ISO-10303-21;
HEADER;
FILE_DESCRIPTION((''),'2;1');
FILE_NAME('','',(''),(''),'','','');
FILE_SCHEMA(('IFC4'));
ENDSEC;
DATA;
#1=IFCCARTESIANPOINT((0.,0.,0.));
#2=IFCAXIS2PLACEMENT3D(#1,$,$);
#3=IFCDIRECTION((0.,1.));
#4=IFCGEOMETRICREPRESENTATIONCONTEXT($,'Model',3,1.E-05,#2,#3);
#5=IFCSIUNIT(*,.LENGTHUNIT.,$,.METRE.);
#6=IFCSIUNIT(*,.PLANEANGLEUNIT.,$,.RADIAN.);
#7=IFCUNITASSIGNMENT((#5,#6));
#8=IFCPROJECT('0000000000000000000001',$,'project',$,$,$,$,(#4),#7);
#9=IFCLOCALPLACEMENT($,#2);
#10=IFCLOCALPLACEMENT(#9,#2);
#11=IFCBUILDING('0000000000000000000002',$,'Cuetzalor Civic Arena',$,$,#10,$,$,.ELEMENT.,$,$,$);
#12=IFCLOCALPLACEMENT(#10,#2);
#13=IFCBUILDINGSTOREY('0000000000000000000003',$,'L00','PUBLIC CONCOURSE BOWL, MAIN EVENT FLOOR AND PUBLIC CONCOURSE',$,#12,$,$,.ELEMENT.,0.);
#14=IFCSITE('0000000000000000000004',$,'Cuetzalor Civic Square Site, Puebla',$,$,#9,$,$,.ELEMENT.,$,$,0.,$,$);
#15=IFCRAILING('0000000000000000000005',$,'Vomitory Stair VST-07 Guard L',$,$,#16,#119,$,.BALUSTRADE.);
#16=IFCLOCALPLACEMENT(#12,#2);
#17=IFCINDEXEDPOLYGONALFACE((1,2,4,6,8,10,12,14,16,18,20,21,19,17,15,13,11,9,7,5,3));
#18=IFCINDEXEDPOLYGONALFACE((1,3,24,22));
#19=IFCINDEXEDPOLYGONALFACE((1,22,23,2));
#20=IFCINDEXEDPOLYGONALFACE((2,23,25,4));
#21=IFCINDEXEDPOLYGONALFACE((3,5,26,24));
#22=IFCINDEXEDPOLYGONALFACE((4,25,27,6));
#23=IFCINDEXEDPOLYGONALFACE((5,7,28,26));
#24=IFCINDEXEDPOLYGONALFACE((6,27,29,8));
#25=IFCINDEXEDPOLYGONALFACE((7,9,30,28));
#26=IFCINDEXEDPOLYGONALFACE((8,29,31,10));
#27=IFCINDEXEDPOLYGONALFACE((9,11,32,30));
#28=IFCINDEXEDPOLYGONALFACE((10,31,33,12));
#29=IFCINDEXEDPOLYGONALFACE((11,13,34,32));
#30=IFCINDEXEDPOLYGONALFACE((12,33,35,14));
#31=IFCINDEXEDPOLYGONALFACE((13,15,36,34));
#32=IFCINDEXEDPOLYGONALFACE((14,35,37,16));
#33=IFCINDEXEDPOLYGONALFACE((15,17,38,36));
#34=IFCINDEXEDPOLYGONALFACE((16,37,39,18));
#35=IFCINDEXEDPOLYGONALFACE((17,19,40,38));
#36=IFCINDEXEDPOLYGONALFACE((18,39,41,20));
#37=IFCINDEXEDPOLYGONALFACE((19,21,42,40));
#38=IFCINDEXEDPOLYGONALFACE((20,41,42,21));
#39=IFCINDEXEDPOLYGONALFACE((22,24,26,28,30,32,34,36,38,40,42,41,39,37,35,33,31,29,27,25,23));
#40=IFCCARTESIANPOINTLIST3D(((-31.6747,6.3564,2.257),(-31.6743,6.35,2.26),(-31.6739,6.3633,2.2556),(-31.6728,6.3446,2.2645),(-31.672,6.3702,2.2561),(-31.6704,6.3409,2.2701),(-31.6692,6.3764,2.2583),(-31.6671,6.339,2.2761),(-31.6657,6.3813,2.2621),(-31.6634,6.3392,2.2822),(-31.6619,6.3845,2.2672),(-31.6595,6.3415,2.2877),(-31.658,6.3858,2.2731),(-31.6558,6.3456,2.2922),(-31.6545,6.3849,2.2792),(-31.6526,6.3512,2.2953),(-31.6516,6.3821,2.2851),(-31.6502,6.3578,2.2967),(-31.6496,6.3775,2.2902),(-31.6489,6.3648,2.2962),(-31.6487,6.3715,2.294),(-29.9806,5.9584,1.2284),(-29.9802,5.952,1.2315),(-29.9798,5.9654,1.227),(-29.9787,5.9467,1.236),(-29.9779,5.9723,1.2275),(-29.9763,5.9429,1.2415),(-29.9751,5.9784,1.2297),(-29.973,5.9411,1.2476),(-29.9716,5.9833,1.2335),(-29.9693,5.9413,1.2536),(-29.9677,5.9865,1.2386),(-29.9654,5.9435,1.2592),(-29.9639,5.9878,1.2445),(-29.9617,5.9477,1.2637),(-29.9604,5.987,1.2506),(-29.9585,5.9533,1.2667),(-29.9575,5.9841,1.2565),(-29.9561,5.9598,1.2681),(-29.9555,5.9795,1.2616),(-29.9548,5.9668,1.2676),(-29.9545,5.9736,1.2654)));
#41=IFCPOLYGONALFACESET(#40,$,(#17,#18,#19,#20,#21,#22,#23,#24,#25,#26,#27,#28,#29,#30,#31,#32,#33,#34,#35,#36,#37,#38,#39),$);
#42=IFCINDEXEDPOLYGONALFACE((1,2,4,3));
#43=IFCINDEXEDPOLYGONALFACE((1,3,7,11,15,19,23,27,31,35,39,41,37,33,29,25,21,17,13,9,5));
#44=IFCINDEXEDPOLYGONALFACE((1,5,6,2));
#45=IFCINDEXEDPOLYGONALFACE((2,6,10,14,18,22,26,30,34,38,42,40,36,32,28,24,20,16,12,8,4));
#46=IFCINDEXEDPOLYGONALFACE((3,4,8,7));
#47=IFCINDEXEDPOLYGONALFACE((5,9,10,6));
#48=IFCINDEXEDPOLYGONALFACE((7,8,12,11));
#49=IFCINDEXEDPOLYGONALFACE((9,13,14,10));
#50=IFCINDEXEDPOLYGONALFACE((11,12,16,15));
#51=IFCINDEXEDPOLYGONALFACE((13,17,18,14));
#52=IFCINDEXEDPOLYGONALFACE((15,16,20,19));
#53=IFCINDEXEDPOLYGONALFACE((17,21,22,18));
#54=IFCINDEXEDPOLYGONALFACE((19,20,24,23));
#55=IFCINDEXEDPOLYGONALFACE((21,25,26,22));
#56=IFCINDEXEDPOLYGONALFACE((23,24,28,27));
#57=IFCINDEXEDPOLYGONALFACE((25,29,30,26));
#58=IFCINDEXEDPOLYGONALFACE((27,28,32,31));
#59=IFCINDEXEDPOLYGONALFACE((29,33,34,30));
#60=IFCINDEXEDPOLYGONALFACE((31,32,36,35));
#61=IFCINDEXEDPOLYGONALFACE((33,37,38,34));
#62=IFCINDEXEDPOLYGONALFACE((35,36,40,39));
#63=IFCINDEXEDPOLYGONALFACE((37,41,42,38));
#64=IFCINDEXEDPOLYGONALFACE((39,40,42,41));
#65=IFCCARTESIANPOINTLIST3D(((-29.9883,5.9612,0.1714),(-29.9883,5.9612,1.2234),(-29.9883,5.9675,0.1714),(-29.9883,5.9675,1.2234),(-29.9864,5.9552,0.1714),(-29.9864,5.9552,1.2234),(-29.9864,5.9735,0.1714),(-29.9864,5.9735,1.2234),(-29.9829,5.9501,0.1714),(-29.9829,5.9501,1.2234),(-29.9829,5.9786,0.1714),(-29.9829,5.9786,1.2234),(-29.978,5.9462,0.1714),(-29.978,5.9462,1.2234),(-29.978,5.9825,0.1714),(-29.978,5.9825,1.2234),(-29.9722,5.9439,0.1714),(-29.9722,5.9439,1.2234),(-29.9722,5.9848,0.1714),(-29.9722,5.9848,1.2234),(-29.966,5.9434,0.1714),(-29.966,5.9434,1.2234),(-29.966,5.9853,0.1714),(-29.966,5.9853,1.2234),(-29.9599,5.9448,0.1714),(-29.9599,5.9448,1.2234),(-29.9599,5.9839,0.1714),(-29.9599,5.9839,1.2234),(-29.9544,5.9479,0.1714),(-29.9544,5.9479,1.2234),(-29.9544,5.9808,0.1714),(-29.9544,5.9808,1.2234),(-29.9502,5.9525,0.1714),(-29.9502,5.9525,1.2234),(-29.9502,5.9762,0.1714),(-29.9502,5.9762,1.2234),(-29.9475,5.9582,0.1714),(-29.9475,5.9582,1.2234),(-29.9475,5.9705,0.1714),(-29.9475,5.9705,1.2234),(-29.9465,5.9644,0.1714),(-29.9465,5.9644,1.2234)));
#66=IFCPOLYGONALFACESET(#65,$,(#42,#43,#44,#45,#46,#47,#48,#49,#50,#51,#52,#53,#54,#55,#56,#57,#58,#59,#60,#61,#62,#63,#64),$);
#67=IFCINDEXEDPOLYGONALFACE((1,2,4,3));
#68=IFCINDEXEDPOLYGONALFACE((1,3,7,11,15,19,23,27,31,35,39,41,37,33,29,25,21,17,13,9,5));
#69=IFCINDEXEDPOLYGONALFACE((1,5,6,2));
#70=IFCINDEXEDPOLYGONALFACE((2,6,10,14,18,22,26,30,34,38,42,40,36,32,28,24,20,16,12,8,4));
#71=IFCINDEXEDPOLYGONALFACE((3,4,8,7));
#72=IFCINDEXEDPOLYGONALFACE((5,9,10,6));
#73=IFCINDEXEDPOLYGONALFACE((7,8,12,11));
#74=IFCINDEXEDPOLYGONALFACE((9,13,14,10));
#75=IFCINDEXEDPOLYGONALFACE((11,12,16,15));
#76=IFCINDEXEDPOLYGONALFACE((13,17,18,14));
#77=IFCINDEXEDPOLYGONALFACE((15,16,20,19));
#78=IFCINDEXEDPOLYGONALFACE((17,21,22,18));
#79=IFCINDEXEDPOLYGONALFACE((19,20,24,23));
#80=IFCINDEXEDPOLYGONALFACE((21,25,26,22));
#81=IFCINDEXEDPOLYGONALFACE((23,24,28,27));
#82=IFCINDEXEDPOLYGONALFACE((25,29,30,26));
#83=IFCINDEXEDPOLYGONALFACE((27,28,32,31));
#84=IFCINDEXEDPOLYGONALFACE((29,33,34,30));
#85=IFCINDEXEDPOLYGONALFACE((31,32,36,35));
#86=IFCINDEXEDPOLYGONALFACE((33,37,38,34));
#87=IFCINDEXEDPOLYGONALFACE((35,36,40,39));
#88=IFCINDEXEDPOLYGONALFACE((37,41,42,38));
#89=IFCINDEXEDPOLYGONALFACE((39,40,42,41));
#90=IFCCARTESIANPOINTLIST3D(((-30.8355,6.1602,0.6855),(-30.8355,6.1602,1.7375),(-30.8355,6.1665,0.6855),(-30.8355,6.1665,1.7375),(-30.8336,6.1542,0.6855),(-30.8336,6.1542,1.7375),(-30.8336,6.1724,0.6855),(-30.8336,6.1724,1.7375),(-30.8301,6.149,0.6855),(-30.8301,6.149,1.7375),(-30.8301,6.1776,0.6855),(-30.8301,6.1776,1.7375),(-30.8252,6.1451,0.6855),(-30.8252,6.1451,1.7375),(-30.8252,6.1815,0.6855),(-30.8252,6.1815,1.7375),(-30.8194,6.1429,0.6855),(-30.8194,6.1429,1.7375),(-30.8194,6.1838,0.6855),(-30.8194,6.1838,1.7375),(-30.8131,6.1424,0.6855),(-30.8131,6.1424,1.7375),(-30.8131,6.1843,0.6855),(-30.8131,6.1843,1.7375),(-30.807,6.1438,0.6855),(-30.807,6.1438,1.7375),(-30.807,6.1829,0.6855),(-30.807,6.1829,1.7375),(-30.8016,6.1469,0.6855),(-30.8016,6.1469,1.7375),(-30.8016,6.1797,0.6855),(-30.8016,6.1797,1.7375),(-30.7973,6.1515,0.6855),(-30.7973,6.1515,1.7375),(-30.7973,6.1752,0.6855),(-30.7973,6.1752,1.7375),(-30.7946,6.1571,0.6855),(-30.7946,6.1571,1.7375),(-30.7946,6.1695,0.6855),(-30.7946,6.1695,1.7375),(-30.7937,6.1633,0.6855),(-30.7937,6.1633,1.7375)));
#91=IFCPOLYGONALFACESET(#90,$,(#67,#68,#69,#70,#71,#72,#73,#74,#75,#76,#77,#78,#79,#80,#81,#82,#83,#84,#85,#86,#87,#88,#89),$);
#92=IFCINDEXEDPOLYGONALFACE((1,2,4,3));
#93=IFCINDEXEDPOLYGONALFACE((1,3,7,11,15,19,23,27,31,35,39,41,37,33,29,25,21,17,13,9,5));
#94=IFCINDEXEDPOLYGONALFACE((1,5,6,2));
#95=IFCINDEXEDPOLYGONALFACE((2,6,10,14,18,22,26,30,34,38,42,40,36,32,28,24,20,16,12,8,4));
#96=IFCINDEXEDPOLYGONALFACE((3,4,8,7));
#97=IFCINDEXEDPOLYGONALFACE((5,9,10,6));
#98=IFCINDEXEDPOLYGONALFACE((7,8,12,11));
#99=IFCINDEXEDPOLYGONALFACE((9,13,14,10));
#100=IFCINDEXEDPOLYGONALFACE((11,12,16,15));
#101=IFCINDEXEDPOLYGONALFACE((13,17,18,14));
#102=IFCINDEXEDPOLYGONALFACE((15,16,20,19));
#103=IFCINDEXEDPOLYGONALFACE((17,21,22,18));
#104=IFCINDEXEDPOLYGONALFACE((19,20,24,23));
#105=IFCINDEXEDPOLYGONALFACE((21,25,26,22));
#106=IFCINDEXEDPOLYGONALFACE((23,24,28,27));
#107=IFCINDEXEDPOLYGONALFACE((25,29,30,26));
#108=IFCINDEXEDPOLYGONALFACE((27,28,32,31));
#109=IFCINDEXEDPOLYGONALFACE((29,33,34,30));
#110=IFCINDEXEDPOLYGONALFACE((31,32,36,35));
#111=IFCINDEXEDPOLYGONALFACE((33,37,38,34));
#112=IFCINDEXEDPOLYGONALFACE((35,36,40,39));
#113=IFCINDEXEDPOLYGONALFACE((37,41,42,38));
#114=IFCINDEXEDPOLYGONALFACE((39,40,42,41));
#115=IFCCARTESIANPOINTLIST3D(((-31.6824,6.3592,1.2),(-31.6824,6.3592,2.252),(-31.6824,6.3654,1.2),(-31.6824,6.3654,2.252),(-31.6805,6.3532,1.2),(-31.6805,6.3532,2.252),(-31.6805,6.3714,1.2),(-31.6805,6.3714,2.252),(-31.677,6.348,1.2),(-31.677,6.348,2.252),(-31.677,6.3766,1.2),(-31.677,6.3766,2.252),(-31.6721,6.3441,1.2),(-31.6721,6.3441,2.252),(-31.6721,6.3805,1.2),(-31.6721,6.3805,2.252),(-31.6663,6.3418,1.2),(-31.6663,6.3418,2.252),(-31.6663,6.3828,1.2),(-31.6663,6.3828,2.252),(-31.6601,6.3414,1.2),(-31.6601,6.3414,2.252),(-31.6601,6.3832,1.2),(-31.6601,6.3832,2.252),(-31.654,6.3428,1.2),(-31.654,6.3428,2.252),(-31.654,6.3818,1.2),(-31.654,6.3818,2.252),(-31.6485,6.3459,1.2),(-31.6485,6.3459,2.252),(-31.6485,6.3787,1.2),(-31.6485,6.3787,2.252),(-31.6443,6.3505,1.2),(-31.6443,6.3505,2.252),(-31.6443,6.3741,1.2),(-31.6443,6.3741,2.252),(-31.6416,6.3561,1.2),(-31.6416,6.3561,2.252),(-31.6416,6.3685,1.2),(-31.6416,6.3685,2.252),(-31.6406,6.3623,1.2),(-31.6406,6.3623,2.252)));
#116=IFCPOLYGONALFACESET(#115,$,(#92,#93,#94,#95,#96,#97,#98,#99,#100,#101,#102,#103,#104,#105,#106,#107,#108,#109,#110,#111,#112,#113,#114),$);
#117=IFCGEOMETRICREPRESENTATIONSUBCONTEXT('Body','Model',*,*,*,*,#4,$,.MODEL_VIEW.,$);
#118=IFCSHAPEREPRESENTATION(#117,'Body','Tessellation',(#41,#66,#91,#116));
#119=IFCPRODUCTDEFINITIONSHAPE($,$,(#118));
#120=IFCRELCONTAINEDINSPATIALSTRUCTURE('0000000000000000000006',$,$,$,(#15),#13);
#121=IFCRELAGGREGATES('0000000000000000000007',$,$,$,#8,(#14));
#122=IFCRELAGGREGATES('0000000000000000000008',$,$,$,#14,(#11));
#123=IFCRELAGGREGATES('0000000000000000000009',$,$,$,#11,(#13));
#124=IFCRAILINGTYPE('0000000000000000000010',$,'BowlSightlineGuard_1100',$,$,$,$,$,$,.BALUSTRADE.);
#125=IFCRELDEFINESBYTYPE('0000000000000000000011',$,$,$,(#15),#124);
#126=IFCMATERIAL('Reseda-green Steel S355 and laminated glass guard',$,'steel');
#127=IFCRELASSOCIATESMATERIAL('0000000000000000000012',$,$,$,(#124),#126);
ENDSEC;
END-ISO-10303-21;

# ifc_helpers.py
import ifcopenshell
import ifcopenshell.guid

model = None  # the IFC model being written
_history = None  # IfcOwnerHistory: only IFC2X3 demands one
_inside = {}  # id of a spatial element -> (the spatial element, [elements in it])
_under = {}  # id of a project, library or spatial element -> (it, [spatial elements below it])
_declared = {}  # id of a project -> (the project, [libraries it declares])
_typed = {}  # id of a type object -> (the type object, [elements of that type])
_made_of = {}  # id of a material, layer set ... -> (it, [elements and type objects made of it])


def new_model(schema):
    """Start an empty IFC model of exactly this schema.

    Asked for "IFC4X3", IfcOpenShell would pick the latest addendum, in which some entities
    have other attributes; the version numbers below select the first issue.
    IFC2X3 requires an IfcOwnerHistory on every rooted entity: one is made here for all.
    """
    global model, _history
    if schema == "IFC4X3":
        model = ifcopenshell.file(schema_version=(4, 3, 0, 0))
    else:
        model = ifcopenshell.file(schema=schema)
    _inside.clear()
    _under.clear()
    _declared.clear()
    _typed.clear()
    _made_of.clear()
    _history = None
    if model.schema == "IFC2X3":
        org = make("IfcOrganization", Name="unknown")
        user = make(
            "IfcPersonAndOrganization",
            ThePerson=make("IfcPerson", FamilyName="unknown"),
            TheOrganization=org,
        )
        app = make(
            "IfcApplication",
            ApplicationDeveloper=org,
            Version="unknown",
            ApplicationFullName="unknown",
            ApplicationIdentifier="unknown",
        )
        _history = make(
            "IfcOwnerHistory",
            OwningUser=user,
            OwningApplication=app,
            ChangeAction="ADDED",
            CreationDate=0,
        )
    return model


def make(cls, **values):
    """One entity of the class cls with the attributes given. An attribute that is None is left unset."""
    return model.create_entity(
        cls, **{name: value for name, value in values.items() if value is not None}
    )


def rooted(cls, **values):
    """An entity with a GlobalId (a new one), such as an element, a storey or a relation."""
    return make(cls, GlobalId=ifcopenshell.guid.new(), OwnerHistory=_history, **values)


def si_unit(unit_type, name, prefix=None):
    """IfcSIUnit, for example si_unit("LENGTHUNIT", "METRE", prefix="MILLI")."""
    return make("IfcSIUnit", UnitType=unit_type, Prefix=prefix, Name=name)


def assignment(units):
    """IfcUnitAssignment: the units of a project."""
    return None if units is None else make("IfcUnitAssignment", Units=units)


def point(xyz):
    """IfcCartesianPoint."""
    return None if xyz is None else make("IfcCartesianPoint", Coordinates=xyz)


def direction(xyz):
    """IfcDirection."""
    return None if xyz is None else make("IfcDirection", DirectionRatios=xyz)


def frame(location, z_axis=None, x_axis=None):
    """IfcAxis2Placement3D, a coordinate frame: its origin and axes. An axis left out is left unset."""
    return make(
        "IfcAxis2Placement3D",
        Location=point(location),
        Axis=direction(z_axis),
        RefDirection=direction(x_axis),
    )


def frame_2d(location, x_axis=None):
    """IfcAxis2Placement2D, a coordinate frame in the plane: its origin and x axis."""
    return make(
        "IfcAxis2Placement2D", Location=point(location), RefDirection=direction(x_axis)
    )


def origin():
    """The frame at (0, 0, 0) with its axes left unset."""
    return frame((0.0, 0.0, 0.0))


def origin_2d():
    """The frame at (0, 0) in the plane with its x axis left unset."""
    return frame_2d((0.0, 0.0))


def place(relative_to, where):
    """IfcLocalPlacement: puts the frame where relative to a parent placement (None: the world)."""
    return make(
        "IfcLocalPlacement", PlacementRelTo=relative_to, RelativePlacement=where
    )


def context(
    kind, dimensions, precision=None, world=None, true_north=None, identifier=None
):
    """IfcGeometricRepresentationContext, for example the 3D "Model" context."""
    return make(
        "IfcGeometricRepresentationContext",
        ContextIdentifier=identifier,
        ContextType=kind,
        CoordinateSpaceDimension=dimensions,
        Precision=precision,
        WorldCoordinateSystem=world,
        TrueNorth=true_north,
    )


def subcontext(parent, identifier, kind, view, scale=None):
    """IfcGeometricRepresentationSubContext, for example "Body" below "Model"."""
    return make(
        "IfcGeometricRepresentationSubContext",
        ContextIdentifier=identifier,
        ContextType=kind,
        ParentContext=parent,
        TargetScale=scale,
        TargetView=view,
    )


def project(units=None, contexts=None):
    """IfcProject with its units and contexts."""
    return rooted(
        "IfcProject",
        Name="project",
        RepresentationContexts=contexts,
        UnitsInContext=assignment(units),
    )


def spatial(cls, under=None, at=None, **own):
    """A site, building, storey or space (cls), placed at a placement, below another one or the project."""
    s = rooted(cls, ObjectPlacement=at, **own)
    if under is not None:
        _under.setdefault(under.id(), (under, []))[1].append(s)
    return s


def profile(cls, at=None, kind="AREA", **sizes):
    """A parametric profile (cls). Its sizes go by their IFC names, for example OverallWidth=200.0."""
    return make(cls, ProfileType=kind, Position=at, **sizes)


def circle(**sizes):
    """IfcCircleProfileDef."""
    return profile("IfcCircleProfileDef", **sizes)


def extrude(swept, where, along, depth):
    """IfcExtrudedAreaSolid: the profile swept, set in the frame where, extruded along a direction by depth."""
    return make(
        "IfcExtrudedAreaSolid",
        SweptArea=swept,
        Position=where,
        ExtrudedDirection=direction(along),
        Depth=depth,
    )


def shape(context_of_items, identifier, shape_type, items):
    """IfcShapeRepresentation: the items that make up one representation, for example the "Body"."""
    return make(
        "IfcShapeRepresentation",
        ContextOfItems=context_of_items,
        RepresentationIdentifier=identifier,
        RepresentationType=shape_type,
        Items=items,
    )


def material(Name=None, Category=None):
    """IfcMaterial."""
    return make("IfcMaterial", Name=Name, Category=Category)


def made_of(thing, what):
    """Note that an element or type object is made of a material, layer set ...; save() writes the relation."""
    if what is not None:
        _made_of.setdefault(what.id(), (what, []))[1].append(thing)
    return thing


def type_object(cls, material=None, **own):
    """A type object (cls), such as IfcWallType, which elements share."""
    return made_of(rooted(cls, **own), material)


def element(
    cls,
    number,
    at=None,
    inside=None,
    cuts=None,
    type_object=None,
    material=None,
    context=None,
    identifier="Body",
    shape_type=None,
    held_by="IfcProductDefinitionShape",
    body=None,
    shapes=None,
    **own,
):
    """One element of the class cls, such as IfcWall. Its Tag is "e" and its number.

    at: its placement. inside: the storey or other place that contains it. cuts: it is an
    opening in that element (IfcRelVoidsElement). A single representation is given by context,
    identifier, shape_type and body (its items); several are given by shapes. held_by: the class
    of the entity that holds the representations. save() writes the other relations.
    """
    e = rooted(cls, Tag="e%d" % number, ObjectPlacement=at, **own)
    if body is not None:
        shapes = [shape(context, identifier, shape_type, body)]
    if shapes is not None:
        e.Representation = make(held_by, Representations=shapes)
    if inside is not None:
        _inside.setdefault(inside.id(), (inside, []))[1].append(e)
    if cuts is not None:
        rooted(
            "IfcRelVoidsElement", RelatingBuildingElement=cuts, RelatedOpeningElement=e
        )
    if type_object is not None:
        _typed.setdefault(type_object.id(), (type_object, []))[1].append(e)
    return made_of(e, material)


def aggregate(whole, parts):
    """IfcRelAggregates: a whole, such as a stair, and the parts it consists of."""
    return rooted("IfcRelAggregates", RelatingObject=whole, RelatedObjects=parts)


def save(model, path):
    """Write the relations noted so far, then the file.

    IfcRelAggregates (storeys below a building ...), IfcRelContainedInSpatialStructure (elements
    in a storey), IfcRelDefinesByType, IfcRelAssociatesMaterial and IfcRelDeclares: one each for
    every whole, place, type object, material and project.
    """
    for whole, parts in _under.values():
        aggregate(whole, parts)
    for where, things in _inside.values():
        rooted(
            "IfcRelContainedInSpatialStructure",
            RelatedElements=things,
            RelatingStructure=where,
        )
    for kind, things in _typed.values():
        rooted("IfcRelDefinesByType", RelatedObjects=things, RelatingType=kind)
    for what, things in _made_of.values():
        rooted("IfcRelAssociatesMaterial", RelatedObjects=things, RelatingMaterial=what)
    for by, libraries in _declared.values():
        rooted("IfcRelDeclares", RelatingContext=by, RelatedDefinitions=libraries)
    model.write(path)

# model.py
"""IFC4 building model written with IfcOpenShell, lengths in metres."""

from ifc_helpers import new_model, si_unit, direction, frame, origin, origin_2d, place, context, subcontext, project, spatial, circle, extrude, material, type_object, element, save


model = new_model("IFC4")

# Units and contexts
model_context = context("Model", 3, precision=1e-05, world=origin(), true_north=direction((0.0, 1.0)))
body_context = subcontext(model_context, "Body", "Model", "MODEL_VIEW")
ifc_project = project(units=[si_unit("LENGTHUNIT", "METRE"), si_unit("PLANEANGLEUNIT", "RADIAN")], contexts=[model_context])

# Site, building, storey
site_placement = place(None, origin())
site = spatial("IfcSite", under=ifc_project, at=site_placement, Name="Cuetzalor Civic Square Site, Puebla", CompositionType="ELEMENT", RefElevation=0.0)
building_placement = place(site_placement, origin())
building = spatial("IfcBuilding", under=site, at=building_placement, Name="Cuetzalor Civic Arena", CompositionType="ELEMENT")
storey_placement = place(building_placement, origin())
storey = spatial("IfcBuildingStorey", under=building, at=storey_placement, Name="L00", Description="PUBLIC CONCOURSE BOWL, MAIN EVENT FLOOR AND PUBLIC CONCOURSE", CompositionType="ELEMENT", Elevation=0.0)

# Railing
ifc_material_1 = material(Name="Reseda-green Steel S355 and laminated glass guard", Category="steel")
railing_type_1 = type_object("IfcRailingType", Name="BowlSightlineGuard_1100", PredefinedType="BALUSTRADE", material=ifc_material_1)
railing_1_placement = place(storey_placement, frame((-29.9675, 5.9644, 0.1714)))
element("IfcRailing", 1, at=railing_1_placement, inside=storey, type_object=railing_type_1, Name="Vomitory Stair VST-07 Guard L", PredefinedType="BALUSTRADE", context=body_context, shape_type="SweptSolid", body=[
    extrude(circle(Radius=0.0239, at=origin_2d()), frame((0.0, 0.0, 1.0762), z_axis=(-0.838058, 0.196863, 0.508825), x_axis=(-0.22868, -0.973502, 0.0)), (0.0, 0.0, 1.0), 2.0215),
    extrude(circle(Radius=0.021, at=origin_2d()), origin(), (0.0, 0.0, 1.0), 1.052),
    extrude(circle(Radius=0.021, at=origin_2d()), frame((-0.8472, 0.199, 0.5142)), (0.0, 0.0, 1.0), 1.052),
    extrude(circle(Radius=0.021, at=origin_2d()), frame((-1.6941, 0.3979, 1.0286)), (0.0, 0.0, 1.0), 1.052),
])

save(model, "model.ifc")
